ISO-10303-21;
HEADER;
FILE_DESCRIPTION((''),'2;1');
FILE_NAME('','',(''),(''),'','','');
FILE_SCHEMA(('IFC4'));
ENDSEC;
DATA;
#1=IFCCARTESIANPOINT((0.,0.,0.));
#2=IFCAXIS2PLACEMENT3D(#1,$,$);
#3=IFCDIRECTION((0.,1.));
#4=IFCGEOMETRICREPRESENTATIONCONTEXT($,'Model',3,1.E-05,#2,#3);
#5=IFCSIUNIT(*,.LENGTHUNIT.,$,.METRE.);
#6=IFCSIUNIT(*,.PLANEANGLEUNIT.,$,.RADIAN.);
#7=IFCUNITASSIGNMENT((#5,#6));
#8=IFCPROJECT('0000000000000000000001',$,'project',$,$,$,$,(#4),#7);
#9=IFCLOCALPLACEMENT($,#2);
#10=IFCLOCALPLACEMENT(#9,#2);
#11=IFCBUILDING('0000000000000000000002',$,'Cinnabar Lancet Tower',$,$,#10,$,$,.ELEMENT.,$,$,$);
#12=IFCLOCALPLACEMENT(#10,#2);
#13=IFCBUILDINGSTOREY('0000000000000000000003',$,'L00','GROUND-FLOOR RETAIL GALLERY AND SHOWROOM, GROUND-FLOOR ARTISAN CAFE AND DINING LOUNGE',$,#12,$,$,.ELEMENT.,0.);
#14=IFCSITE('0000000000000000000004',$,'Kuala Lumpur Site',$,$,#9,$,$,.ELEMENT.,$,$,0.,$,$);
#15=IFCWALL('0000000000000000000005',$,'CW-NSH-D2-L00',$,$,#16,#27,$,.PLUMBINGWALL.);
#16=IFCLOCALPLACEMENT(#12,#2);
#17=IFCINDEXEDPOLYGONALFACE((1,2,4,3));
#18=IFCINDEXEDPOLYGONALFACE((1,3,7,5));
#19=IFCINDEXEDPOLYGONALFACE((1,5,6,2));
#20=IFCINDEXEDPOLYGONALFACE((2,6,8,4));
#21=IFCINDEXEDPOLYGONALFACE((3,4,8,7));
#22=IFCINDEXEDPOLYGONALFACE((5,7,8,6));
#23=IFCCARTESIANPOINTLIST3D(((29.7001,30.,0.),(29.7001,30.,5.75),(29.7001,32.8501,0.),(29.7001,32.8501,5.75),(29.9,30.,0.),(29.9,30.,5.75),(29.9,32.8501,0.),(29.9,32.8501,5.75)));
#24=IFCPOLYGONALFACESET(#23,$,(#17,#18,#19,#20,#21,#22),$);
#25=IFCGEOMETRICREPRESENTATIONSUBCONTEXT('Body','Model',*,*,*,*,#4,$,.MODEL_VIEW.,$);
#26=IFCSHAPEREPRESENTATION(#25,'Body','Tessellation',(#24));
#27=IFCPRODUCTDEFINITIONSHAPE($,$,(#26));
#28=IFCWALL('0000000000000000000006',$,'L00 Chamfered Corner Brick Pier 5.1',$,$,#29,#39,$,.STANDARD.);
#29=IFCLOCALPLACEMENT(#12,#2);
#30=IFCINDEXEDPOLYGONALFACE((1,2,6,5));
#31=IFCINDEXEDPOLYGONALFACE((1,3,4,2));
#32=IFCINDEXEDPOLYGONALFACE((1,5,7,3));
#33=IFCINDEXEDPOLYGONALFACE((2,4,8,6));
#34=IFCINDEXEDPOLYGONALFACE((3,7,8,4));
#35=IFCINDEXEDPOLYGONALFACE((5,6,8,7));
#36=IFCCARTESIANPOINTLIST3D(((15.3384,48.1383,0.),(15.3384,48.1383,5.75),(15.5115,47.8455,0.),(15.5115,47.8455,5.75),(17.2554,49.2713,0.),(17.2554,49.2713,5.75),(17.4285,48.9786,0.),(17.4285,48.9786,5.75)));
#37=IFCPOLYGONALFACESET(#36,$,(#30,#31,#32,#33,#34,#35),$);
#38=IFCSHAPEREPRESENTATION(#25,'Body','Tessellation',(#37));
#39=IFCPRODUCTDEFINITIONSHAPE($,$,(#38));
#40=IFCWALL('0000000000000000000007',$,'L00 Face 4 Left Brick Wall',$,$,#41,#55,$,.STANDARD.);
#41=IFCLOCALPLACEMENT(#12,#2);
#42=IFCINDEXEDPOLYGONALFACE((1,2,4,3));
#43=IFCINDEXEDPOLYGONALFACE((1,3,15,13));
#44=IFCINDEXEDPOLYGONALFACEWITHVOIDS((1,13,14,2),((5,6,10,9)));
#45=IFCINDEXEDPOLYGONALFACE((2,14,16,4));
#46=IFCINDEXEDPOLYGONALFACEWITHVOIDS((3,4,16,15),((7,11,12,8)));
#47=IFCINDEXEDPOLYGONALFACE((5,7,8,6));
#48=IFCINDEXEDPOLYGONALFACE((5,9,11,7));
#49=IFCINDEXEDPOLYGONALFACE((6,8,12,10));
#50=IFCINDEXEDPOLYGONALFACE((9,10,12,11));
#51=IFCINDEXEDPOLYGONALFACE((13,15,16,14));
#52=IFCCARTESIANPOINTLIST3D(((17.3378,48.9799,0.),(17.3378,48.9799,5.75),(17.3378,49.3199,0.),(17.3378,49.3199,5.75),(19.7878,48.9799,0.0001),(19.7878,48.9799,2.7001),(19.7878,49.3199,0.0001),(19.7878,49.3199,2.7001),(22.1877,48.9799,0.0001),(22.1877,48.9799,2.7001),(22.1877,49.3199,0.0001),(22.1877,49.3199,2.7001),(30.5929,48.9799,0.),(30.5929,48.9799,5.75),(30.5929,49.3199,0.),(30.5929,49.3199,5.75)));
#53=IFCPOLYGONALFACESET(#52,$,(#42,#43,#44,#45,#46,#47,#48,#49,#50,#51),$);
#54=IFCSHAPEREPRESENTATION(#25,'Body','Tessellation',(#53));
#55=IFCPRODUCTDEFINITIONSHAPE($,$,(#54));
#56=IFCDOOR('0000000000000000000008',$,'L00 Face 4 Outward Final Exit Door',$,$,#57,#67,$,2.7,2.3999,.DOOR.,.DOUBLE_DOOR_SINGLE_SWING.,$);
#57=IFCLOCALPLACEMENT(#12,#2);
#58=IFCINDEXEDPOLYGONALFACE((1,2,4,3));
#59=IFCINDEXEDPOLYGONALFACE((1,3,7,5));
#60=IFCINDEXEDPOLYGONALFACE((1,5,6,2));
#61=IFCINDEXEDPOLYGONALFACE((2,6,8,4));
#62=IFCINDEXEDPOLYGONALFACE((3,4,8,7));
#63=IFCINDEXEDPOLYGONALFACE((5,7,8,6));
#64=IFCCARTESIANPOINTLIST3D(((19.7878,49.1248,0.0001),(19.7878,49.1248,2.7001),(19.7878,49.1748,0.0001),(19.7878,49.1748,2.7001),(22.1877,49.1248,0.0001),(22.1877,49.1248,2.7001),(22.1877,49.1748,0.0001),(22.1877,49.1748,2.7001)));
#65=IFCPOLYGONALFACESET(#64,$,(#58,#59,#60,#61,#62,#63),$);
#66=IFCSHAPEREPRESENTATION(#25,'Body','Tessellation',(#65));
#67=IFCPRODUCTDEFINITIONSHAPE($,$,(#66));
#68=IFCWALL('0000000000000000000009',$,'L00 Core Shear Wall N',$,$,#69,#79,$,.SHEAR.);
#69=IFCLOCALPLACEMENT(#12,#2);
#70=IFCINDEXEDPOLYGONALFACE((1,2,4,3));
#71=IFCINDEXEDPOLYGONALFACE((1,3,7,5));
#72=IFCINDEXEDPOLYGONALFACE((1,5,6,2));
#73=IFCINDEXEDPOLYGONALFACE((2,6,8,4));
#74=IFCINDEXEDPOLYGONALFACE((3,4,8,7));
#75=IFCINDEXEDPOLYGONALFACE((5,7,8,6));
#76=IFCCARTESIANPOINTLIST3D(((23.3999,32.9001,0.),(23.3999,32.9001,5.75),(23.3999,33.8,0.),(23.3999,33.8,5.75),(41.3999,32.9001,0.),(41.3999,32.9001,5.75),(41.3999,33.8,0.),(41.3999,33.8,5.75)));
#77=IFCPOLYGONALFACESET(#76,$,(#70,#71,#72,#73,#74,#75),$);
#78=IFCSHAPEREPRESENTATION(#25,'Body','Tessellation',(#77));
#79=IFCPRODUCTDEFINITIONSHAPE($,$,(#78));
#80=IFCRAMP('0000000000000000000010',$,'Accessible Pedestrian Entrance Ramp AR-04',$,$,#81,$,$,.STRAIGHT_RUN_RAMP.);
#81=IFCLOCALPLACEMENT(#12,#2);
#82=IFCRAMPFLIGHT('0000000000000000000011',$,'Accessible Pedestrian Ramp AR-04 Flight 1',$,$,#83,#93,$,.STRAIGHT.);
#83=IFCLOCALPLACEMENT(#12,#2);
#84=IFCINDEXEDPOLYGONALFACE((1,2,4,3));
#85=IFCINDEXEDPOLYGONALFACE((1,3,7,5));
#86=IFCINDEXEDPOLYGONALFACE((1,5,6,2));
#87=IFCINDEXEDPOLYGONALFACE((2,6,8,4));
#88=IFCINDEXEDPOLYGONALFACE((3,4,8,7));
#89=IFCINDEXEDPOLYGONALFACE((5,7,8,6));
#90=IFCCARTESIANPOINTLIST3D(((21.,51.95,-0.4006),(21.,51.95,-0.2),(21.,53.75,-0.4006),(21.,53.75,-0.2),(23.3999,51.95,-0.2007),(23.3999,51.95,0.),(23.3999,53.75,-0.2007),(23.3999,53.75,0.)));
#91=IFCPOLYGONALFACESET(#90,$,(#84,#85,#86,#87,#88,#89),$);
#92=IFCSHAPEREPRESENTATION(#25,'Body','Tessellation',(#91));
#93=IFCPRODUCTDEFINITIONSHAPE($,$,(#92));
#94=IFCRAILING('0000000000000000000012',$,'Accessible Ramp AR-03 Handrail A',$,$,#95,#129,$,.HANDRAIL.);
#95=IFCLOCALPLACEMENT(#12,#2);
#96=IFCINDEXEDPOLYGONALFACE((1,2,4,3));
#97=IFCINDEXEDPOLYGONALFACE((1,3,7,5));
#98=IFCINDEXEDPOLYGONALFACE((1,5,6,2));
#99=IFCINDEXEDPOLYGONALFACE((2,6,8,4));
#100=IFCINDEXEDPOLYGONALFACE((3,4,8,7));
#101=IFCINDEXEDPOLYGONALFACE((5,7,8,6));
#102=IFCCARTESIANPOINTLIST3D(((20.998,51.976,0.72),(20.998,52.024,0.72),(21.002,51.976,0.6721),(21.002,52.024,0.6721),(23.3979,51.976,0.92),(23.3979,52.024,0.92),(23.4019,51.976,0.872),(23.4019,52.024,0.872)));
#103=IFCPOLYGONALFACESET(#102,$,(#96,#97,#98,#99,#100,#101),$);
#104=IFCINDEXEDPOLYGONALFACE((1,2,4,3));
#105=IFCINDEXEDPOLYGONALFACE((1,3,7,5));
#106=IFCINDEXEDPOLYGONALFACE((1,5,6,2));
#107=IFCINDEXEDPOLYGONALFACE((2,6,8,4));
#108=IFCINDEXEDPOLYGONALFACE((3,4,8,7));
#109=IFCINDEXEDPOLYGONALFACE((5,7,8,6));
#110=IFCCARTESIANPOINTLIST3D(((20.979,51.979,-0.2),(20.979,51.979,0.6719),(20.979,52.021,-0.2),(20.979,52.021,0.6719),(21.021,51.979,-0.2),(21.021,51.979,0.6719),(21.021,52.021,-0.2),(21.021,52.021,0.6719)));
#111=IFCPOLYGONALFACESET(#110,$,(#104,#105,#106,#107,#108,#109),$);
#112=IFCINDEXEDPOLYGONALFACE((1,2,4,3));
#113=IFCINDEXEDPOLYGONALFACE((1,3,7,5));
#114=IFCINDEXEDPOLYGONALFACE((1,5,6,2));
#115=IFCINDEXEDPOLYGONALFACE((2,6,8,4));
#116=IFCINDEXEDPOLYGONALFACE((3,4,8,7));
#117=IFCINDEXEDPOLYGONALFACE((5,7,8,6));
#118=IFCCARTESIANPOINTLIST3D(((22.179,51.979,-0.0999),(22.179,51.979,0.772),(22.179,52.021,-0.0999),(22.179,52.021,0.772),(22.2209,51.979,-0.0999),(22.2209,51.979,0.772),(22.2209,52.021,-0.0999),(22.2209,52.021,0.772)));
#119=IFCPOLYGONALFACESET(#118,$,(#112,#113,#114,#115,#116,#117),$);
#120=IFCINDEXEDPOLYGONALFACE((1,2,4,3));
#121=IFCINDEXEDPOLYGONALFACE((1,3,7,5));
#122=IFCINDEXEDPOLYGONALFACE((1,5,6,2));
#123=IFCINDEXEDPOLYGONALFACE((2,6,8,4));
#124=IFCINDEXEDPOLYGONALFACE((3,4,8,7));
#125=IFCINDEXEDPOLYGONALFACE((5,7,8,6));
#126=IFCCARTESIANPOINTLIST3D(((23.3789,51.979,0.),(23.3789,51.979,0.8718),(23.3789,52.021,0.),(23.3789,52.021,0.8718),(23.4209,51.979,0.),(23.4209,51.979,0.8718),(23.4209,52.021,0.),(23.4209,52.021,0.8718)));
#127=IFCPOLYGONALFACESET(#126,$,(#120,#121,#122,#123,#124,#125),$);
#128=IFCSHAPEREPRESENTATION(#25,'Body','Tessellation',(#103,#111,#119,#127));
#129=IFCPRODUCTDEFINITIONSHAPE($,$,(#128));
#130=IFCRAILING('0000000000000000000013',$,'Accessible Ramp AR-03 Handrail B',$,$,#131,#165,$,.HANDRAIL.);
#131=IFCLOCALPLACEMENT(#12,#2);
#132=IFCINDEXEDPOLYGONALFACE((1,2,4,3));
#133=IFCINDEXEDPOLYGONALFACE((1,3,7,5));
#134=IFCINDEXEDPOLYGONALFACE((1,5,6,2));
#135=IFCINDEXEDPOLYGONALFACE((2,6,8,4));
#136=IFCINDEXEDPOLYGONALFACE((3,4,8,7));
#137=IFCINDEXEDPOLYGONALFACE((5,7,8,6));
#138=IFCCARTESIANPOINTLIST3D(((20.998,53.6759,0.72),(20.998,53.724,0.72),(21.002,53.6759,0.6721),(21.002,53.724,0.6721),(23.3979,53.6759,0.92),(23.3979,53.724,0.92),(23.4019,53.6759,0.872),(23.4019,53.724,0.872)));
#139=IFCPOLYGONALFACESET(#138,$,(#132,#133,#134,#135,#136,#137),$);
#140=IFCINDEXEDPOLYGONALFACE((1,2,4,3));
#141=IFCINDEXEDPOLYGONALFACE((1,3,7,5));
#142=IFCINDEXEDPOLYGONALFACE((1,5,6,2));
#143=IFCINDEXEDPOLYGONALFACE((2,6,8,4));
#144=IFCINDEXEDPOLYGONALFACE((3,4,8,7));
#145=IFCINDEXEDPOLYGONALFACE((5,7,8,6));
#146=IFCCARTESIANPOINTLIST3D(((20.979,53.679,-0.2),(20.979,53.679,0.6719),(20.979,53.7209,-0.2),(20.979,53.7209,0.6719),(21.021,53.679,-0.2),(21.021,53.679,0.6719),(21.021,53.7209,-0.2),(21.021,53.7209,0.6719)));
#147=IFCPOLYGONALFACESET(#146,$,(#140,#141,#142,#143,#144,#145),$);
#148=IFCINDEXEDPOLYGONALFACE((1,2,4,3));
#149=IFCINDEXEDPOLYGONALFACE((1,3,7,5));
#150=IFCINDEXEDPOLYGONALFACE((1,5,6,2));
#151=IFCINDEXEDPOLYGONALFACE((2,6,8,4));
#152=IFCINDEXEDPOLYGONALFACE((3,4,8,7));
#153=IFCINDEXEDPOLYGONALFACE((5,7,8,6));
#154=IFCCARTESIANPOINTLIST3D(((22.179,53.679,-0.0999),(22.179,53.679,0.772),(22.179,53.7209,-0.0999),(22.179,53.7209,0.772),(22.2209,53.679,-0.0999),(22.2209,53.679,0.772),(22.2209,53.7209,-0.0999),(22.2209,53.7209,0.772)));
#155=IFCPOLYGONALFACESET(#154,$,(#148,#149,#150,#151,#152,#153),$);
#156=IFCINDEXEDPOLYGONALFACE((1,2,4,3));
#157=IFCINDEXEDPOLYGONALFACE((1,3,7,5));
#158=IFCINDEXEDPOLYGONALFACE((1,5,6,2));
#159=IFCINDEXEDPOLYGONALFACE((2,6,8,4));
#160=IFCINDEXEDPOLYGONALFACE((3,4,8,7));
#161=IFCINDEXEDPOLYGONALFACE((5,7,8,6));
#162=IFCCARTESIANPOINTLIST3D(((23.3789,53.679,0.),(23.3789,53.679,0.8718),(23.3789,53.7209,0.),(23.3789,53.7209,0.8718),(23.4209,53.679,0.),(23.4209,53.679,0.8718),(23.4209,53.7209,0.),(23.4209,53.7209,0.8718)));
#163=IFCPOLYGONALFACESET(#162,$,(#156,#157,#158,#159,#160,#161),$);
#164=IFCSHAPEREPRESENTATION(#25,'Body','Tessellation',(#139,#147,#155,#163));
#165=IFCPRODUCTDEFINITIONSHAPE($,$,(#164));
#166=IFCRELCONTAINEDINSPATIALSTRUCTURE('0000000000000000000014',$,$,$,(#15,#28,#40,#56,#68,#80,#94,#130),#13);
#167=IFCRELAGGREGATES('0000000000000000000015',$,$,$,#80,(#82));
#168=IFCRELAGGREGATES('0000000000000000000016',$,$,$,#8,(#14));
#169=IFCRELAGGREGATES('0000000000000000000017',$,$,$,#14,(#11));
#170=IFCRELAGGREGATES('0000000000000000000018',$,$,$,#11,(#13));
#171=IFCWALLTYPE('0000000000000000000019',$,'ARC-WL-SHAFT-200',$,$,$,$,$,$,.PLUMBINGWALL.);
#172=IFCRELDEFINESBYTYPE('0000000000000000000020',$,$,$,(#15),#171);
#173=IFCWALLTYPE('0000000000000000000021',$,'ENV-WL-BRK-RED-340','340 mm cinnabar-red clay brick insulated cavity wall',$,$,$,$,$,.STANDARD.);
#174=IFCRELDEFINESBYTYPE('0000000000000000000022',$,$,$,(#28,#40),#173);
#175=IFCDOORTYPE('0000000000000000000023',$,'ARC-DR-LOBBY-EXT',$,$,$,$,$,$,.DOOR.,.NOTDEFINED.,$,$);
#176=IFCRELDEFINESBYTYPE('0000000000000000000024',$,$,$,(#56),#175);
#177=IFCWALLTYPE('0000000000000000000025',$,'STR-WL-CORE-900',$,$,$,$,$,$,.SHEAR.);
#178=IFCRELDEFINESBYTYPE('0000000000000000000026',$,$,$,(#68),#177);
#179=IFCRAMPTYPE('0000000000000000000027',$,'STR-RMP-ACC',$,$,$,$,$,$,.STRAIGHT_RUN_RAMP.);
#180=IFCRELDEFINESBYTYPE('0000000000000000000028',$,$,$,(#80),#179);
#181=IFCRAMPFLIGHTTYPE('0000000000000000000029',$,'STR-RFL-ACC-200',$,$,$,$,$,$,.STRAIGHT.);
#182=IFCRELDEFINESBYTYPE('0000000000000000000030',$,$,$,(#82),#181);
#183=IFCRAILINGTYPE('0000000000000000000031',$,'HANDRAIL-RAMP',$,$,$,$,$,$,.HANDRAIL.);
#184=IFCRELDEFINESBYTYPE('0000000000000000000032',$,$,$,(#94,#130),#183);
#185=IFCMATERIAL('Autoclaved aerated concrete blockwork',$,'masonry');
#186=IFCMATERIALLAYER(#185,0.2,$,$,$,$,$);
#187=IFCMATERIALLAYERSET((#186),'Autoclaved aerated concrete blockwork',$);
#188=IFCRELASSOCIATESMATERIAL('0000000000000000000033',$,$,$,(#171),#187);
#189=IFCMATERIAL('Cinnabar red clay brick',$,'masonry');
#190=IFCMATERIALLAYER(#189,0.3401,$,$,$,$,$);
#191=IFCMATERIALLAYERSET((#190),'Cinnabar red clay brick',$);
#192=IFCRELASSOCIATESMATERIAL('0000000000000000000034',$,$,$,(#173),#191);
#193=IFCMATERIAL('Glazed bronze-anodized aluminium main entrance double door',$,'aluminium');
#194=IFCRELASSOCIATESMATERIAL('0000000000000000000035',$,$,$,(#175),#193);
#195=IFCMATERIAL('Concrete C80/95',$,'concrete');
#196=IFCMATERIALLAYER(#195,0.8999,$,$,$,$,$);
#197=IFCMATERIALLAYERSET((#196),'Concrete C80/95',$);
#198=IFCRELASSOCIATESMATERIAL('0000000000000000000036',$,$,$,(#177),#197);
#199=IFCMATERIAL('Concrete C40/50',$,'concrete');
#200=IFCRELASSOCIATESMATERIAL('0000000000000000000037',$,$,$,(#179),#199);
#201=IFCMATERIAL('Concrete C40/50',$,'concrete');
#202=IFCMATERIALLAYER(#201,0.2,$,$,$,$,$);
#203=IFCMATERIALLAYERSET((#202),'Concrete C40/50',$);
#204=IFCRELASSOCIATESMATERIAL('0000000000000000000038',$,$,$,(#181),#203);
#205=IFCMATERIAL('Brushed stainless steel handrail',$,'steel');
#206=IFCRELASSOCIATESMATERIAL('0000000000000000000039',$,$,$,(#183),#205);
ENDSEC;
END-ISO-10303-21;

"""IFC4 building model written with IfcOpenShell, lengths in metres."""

from ifc_helpers import new_model, si_unit, direction, frame, frame_2d, origin, origin_2d, place, context, subcontext, project, spatial, polyline, rectangle, outline, extrude, material, layer, layer_set, type_object, element, fill, aggregate, save


model = new_model("IFC4")

# Units and contexts
model_context = context("Model", 3, precision=1e-05, world=origin(), true_north=direction((0.0, 1.0)))
body_context = subcontext(model_context, "Body", "Model", "MODEL_VIEW")
ifc_project = project(units=[si_unit("LENGTHUNIT", "METRE"), si_unit("PLANEANGLEUNIT", "RADIAN")], contexts=[model_context])

# Site, building, storey
site_placement = place(None, origin())
site = spatial("IfcSite", under=ifc_project, at=site_placement, Name="Kuala Lumpur Site", CompositionType="ELEMENT", RefElevation=0.0)
building_placement = place(site_placement, origin())
building = spatial("IfcBuilding", under=site, at=building_placement, Name="Cinnabar Lancet Tower", CompositionType="ELEMENT")
storey_placement = place(building_placement, origin())
storey = spatial("IfcBuildingStorey", under=building, at=storey_placement, Name="L00", Description="GROUND-FLOOR RETAIL GALLERY AND SHOWROOM, GROUND-FLOOR ARTISAN CAFE AND DINING LOUNGE", CompositionType="ELEMENT", Elevation=0.0)

# Walls
ifc_material_1 = material(Name="Autoclaved aerated concrete blockwork", Category="masonry")
ifc_layer_1 = layer(ifc_material_1, 0.2)
ifc_layer_set_1 = layer_set([ifc_layer_1], Name="Autoclaved aerated concrete blockwork")
wall_type_1 = type_object("IfcWallType", Name="ARC-WL-SHAFT-200", PredefinedType="PLUMBINGWALL", material=ifc_layer_set_1)
for number, where, z_axis, x_axis, name in (
    (1, (29.8, 30.0, 0.0), (0.0, 0.0, 1.0), (0.0, 1.0, 0.0), "CW-NSH-D2-L00"),
):
    element("IfcWall", number, at=place(storey_placement, frame(where, z_axis=z_axis, x_axis=x_axis)), inside=storey, type_object=wall_type_1, Name=name, PredefinedType="PLUMBINGWALL", context=body_context, shape_type="SweptSolid", body=[
        extrude(rectangle(XDim=2.8501, YDim=0.2, at=frame_2d((1.425, 0.0))), origin(), (0.0, 0.0, 1.0), 5.75),
    ])
ifc_material_2 = material(Name="Cinnabar red clay brick", Category="masonry")
ifc_layer_2 = layer(ifc_material_2, 0.3401)
ifc_layer_set_2 = layer_set([ifc_layer_2], Name="Cinnabar red clay brick")
wall_type_2 = type_object("IfcWallType", Name="ENV-WL-BRK-RED-340", Description="340 mm cinnabar-red clay brick insulated cavity wall", PredefinedType="STANDARD", material=ifc_layer_set_2)
wall_1_placement = place(storey_placement, frame((15.425, 47.9919, 0.0), z_axis=(0.0, 0.0, 1.0), x_axis=(0.86087, 0.508825, 0.0)))
element("IfcWall", 2, at=wall_1_placement, inside=storey, type_object=wall_type_2, Name="L00 Chamfered Corner Brick Pier 5.1", PredefinedType="STANDARD", context=body_context, shape_type="SweptSolid", body=[
    extrude(rectangle(XDim=2.2268, YDim=0.3401, at=frame_2d((1.1133, 0.0))), origin(), (0.0, 0.0, 1.0), 5.75),
])

# Wall, opening, door
wall_2_placement = place(storey_placement, frame((17.3379, 49.1499, 0.0), z_axis=(0.0, 0.0, 1.0), x_axis=(1.0, 0.0, 0.0)))
wall_2 = element("IfcWall", 3, at=wall_2_placement, inside=storey, type_object=wall_type_2, Name="L00 Face 4 Left Brick Wall", PredefinedType="STANDARD", context=body_context, shape_type="SweptSolid", body=[
    extrude(rectangle(XDim=13.2551, YDim=0.3401, at=frame_2d((6.6274, 0.0))), origin(), (0.0, 0.0, 1.0), 5.75),
])
opening_placement = place(wall_2_placement, frame((2.45, 0.0, 0.0)))
opening = element("IfcOpeningElement", 4, at=opening_placement, cuts=wall_2, PredefinedType="OPENING", context=body_context, shape_type="SweptSolid", body=[
    extrude(rectangle(XDim=2.3999, YDim=2.7, at=frame_2d((1.2, 1.3501))), frame((0.0, 0.1799, 0.0), z_axis=(0.0, -1.0, 0.0), x_axis=(1.0, 0.0, 0.0)), (0.0, 0.0, 1.0), 0.3601),
])
ifc_material_3 = material(Name="Glazed bronze-anodized aluminium main entrance double door", Category="aluminium")
door_type = type_object("IfcDoorType", Name="ARC-DR-LOBBY-EXT", OperationType="NOTDEFINED", PredefinedType="DOOR", material=ifc_material_3)
door_placement = place(opening_placement, origin())
door = element("IfcDoor", 5, at=door_placement, inside=storey, type_object=door_type, Name="L00 Face 4 Outward Final Exit Door", OperationType="DOUBLE_DOOR_SINGLE_SWING", OverallHeight=2.7, OverallWidth=2.3999, PredefinedType="DOOR", context=body_context, shape_type="SweptSolid", body=[
    extrude(rectangle(XDim=2.3999, YDim=2.7, at=frame_2d((1.2, 1.3501))), frame((0.0, 0.0249, 0.0), z_axis=(0.0, -1.0, 0.0), x_axis=(1.0, 0.0, 0.0)), (0.0, 0.0, 1.0), 0.05),
])
fill(opening, door)

# Wall
ifc_material_4 = material(Name="Concrete C80/95", Category="concrete")
ifc_layer_3 = layer(ifc_material_4, 0.8999)
ifc_layer_set_3 = layer_set([ifc_layer_3], Name="Concrete C80/95")
wall_type_3 = type_object("IfcWallType", Name="STR-WL-CORE-900", PredefinedType="SHEAR", material=ifc_layer_set_3)
wall_3_placement = place(storey_placement, frame((23.3999, 33.3501, 0.0), z_axis=(0.0, 0.0, 1.0), x_axis=(1.0, 0.0, 0.0)))
element("IfcWall", 6, at=wall_3_placement, inside=storey, type_object=wall_type_3, Name="L00 Core Shear Wall N", PredefinedType="SHEAR", context=body_context, shape_type="SweptSolid", body=[
    extrude(rectangle(XDim=18.0, YDim=0.8999, at=frame_2d((9.0, 0.0))), origin(), (0.0, 0.0, 1.0), 5.75),
])

# Ramp, ramp flight
ifc_material_5 = material(Name="Concrete C40/50", Category="concrete")
ramp_type = type_object("IfcRampType", Name="STR-RMP-ACC", PredefinedType="STRAIGHT_RUN_RAMP", material=ifc_material_5)
ramp_placement = place(storey_placement, origin())
ramp = element("IfcRamp", 7, at=ramp_placement, inside=storey, type_object=ramp_type, Name="Accessible Pedestrian Entrance Ramp AR-04", PredefinedType="STRAIGHT_RUN_RAMP")
ifc_material_6 = material(Name="Concrete C40/50", Category="concrete")
ifc_layer_4 = layer(ifc_material_6, 0.2)
ifc_layer_set_4 = layer_set([ifc_layer_4], Name="Concrete C40/50")
ramp_flight_type = type_object("IfcRampFlightType", Name="STR-RFL-ACC-200", PredefinedType="STRAIGHT", material=ifc_layer_set_4)
ramp_flight_placement = place(storey_placement, frame((21.0, 52.8501, -0.2), z_axis=(0.0, 0.0, 1.0), x_axis=(1.0, 0.0, 0.0)))
ramp_flight = element("IfcRampFlight", 8, at=ramp_flight_placement, type_object=ramp_flight_type, Name="Accessible Pedestrian Ramp AR-04 Flight 1", PredefinedType="STRAIGHT", context=body_context, shape_type="SweptSolid", body=[
    extrude(outline(polyline([(0.0, -0.2007), (0.0, 0.0), (2.3999, 0.2), (2.3999, -0.0007), (0.0, -0.2007)])), frame((0.0, 0.8999, 0.0), z_axis=(0.0, -1.0, 0.0), x_axis=(1.0, 0.0, 0.0)), (0.0, 0.0, 1.0), 1.8),
])
aggregate(ramp, [ramp_flight])

# Railings
ifc_material_7 = material(Name="Brushed stainless steel handrail", Category="steel")
railing_type_1 = type_object("IfcRailingType", Name="HANDRAIL-RAMP", PredefinedType="HANDRAIL", material=ifc_material_7)
for number, where, name in (
    (9, (21.0, 52.0, -0.2), "Accessible Ramp AR-03 Handrail A"),
    (10, (21.0, 53.7, -0.2), "Accessible Ramp AR-03 Handrail B"),
):
    element("IfcRailing", number, at=place(storey_placement, frame(where)), inside=storey, type_object=railing_type_1, Name=name, PredefinedType="HANDRAIL", context=body_context, shape_type="SweptSolid", body=[
        extrude(rectangle(XDim=0.0481, YDim=0.0481, at=origin_2d()), frame((0.0, 0.0, 0.896), z_axis=(0.996547, 0.0, 0.083029), x_axis=(0.0, 1.0, 0.0)), (0.0, 0.0, 1.0), 2.4082),
        extrude(rectangle(XDim=0.042, YDim=0.042, at=origin_2d()), origin(), (0.0, 0.0, 1.0), 0.8718),
        extrude(rectangle(XDim=0.042, YDim=0.042, at=origin_2d()), frame((1.2, 0.0, 0.1001)), (0.0, 0.0, 1.0), 0.8718),
        extrude(rectangle(XDim=0.042, YDim=0.042, at=origin_2d()), frame((2.3999, 0.0, 0.2)), (0.0, 0.0, 1.0), 0.8718),
    ])

save(model, "model.ifc")
